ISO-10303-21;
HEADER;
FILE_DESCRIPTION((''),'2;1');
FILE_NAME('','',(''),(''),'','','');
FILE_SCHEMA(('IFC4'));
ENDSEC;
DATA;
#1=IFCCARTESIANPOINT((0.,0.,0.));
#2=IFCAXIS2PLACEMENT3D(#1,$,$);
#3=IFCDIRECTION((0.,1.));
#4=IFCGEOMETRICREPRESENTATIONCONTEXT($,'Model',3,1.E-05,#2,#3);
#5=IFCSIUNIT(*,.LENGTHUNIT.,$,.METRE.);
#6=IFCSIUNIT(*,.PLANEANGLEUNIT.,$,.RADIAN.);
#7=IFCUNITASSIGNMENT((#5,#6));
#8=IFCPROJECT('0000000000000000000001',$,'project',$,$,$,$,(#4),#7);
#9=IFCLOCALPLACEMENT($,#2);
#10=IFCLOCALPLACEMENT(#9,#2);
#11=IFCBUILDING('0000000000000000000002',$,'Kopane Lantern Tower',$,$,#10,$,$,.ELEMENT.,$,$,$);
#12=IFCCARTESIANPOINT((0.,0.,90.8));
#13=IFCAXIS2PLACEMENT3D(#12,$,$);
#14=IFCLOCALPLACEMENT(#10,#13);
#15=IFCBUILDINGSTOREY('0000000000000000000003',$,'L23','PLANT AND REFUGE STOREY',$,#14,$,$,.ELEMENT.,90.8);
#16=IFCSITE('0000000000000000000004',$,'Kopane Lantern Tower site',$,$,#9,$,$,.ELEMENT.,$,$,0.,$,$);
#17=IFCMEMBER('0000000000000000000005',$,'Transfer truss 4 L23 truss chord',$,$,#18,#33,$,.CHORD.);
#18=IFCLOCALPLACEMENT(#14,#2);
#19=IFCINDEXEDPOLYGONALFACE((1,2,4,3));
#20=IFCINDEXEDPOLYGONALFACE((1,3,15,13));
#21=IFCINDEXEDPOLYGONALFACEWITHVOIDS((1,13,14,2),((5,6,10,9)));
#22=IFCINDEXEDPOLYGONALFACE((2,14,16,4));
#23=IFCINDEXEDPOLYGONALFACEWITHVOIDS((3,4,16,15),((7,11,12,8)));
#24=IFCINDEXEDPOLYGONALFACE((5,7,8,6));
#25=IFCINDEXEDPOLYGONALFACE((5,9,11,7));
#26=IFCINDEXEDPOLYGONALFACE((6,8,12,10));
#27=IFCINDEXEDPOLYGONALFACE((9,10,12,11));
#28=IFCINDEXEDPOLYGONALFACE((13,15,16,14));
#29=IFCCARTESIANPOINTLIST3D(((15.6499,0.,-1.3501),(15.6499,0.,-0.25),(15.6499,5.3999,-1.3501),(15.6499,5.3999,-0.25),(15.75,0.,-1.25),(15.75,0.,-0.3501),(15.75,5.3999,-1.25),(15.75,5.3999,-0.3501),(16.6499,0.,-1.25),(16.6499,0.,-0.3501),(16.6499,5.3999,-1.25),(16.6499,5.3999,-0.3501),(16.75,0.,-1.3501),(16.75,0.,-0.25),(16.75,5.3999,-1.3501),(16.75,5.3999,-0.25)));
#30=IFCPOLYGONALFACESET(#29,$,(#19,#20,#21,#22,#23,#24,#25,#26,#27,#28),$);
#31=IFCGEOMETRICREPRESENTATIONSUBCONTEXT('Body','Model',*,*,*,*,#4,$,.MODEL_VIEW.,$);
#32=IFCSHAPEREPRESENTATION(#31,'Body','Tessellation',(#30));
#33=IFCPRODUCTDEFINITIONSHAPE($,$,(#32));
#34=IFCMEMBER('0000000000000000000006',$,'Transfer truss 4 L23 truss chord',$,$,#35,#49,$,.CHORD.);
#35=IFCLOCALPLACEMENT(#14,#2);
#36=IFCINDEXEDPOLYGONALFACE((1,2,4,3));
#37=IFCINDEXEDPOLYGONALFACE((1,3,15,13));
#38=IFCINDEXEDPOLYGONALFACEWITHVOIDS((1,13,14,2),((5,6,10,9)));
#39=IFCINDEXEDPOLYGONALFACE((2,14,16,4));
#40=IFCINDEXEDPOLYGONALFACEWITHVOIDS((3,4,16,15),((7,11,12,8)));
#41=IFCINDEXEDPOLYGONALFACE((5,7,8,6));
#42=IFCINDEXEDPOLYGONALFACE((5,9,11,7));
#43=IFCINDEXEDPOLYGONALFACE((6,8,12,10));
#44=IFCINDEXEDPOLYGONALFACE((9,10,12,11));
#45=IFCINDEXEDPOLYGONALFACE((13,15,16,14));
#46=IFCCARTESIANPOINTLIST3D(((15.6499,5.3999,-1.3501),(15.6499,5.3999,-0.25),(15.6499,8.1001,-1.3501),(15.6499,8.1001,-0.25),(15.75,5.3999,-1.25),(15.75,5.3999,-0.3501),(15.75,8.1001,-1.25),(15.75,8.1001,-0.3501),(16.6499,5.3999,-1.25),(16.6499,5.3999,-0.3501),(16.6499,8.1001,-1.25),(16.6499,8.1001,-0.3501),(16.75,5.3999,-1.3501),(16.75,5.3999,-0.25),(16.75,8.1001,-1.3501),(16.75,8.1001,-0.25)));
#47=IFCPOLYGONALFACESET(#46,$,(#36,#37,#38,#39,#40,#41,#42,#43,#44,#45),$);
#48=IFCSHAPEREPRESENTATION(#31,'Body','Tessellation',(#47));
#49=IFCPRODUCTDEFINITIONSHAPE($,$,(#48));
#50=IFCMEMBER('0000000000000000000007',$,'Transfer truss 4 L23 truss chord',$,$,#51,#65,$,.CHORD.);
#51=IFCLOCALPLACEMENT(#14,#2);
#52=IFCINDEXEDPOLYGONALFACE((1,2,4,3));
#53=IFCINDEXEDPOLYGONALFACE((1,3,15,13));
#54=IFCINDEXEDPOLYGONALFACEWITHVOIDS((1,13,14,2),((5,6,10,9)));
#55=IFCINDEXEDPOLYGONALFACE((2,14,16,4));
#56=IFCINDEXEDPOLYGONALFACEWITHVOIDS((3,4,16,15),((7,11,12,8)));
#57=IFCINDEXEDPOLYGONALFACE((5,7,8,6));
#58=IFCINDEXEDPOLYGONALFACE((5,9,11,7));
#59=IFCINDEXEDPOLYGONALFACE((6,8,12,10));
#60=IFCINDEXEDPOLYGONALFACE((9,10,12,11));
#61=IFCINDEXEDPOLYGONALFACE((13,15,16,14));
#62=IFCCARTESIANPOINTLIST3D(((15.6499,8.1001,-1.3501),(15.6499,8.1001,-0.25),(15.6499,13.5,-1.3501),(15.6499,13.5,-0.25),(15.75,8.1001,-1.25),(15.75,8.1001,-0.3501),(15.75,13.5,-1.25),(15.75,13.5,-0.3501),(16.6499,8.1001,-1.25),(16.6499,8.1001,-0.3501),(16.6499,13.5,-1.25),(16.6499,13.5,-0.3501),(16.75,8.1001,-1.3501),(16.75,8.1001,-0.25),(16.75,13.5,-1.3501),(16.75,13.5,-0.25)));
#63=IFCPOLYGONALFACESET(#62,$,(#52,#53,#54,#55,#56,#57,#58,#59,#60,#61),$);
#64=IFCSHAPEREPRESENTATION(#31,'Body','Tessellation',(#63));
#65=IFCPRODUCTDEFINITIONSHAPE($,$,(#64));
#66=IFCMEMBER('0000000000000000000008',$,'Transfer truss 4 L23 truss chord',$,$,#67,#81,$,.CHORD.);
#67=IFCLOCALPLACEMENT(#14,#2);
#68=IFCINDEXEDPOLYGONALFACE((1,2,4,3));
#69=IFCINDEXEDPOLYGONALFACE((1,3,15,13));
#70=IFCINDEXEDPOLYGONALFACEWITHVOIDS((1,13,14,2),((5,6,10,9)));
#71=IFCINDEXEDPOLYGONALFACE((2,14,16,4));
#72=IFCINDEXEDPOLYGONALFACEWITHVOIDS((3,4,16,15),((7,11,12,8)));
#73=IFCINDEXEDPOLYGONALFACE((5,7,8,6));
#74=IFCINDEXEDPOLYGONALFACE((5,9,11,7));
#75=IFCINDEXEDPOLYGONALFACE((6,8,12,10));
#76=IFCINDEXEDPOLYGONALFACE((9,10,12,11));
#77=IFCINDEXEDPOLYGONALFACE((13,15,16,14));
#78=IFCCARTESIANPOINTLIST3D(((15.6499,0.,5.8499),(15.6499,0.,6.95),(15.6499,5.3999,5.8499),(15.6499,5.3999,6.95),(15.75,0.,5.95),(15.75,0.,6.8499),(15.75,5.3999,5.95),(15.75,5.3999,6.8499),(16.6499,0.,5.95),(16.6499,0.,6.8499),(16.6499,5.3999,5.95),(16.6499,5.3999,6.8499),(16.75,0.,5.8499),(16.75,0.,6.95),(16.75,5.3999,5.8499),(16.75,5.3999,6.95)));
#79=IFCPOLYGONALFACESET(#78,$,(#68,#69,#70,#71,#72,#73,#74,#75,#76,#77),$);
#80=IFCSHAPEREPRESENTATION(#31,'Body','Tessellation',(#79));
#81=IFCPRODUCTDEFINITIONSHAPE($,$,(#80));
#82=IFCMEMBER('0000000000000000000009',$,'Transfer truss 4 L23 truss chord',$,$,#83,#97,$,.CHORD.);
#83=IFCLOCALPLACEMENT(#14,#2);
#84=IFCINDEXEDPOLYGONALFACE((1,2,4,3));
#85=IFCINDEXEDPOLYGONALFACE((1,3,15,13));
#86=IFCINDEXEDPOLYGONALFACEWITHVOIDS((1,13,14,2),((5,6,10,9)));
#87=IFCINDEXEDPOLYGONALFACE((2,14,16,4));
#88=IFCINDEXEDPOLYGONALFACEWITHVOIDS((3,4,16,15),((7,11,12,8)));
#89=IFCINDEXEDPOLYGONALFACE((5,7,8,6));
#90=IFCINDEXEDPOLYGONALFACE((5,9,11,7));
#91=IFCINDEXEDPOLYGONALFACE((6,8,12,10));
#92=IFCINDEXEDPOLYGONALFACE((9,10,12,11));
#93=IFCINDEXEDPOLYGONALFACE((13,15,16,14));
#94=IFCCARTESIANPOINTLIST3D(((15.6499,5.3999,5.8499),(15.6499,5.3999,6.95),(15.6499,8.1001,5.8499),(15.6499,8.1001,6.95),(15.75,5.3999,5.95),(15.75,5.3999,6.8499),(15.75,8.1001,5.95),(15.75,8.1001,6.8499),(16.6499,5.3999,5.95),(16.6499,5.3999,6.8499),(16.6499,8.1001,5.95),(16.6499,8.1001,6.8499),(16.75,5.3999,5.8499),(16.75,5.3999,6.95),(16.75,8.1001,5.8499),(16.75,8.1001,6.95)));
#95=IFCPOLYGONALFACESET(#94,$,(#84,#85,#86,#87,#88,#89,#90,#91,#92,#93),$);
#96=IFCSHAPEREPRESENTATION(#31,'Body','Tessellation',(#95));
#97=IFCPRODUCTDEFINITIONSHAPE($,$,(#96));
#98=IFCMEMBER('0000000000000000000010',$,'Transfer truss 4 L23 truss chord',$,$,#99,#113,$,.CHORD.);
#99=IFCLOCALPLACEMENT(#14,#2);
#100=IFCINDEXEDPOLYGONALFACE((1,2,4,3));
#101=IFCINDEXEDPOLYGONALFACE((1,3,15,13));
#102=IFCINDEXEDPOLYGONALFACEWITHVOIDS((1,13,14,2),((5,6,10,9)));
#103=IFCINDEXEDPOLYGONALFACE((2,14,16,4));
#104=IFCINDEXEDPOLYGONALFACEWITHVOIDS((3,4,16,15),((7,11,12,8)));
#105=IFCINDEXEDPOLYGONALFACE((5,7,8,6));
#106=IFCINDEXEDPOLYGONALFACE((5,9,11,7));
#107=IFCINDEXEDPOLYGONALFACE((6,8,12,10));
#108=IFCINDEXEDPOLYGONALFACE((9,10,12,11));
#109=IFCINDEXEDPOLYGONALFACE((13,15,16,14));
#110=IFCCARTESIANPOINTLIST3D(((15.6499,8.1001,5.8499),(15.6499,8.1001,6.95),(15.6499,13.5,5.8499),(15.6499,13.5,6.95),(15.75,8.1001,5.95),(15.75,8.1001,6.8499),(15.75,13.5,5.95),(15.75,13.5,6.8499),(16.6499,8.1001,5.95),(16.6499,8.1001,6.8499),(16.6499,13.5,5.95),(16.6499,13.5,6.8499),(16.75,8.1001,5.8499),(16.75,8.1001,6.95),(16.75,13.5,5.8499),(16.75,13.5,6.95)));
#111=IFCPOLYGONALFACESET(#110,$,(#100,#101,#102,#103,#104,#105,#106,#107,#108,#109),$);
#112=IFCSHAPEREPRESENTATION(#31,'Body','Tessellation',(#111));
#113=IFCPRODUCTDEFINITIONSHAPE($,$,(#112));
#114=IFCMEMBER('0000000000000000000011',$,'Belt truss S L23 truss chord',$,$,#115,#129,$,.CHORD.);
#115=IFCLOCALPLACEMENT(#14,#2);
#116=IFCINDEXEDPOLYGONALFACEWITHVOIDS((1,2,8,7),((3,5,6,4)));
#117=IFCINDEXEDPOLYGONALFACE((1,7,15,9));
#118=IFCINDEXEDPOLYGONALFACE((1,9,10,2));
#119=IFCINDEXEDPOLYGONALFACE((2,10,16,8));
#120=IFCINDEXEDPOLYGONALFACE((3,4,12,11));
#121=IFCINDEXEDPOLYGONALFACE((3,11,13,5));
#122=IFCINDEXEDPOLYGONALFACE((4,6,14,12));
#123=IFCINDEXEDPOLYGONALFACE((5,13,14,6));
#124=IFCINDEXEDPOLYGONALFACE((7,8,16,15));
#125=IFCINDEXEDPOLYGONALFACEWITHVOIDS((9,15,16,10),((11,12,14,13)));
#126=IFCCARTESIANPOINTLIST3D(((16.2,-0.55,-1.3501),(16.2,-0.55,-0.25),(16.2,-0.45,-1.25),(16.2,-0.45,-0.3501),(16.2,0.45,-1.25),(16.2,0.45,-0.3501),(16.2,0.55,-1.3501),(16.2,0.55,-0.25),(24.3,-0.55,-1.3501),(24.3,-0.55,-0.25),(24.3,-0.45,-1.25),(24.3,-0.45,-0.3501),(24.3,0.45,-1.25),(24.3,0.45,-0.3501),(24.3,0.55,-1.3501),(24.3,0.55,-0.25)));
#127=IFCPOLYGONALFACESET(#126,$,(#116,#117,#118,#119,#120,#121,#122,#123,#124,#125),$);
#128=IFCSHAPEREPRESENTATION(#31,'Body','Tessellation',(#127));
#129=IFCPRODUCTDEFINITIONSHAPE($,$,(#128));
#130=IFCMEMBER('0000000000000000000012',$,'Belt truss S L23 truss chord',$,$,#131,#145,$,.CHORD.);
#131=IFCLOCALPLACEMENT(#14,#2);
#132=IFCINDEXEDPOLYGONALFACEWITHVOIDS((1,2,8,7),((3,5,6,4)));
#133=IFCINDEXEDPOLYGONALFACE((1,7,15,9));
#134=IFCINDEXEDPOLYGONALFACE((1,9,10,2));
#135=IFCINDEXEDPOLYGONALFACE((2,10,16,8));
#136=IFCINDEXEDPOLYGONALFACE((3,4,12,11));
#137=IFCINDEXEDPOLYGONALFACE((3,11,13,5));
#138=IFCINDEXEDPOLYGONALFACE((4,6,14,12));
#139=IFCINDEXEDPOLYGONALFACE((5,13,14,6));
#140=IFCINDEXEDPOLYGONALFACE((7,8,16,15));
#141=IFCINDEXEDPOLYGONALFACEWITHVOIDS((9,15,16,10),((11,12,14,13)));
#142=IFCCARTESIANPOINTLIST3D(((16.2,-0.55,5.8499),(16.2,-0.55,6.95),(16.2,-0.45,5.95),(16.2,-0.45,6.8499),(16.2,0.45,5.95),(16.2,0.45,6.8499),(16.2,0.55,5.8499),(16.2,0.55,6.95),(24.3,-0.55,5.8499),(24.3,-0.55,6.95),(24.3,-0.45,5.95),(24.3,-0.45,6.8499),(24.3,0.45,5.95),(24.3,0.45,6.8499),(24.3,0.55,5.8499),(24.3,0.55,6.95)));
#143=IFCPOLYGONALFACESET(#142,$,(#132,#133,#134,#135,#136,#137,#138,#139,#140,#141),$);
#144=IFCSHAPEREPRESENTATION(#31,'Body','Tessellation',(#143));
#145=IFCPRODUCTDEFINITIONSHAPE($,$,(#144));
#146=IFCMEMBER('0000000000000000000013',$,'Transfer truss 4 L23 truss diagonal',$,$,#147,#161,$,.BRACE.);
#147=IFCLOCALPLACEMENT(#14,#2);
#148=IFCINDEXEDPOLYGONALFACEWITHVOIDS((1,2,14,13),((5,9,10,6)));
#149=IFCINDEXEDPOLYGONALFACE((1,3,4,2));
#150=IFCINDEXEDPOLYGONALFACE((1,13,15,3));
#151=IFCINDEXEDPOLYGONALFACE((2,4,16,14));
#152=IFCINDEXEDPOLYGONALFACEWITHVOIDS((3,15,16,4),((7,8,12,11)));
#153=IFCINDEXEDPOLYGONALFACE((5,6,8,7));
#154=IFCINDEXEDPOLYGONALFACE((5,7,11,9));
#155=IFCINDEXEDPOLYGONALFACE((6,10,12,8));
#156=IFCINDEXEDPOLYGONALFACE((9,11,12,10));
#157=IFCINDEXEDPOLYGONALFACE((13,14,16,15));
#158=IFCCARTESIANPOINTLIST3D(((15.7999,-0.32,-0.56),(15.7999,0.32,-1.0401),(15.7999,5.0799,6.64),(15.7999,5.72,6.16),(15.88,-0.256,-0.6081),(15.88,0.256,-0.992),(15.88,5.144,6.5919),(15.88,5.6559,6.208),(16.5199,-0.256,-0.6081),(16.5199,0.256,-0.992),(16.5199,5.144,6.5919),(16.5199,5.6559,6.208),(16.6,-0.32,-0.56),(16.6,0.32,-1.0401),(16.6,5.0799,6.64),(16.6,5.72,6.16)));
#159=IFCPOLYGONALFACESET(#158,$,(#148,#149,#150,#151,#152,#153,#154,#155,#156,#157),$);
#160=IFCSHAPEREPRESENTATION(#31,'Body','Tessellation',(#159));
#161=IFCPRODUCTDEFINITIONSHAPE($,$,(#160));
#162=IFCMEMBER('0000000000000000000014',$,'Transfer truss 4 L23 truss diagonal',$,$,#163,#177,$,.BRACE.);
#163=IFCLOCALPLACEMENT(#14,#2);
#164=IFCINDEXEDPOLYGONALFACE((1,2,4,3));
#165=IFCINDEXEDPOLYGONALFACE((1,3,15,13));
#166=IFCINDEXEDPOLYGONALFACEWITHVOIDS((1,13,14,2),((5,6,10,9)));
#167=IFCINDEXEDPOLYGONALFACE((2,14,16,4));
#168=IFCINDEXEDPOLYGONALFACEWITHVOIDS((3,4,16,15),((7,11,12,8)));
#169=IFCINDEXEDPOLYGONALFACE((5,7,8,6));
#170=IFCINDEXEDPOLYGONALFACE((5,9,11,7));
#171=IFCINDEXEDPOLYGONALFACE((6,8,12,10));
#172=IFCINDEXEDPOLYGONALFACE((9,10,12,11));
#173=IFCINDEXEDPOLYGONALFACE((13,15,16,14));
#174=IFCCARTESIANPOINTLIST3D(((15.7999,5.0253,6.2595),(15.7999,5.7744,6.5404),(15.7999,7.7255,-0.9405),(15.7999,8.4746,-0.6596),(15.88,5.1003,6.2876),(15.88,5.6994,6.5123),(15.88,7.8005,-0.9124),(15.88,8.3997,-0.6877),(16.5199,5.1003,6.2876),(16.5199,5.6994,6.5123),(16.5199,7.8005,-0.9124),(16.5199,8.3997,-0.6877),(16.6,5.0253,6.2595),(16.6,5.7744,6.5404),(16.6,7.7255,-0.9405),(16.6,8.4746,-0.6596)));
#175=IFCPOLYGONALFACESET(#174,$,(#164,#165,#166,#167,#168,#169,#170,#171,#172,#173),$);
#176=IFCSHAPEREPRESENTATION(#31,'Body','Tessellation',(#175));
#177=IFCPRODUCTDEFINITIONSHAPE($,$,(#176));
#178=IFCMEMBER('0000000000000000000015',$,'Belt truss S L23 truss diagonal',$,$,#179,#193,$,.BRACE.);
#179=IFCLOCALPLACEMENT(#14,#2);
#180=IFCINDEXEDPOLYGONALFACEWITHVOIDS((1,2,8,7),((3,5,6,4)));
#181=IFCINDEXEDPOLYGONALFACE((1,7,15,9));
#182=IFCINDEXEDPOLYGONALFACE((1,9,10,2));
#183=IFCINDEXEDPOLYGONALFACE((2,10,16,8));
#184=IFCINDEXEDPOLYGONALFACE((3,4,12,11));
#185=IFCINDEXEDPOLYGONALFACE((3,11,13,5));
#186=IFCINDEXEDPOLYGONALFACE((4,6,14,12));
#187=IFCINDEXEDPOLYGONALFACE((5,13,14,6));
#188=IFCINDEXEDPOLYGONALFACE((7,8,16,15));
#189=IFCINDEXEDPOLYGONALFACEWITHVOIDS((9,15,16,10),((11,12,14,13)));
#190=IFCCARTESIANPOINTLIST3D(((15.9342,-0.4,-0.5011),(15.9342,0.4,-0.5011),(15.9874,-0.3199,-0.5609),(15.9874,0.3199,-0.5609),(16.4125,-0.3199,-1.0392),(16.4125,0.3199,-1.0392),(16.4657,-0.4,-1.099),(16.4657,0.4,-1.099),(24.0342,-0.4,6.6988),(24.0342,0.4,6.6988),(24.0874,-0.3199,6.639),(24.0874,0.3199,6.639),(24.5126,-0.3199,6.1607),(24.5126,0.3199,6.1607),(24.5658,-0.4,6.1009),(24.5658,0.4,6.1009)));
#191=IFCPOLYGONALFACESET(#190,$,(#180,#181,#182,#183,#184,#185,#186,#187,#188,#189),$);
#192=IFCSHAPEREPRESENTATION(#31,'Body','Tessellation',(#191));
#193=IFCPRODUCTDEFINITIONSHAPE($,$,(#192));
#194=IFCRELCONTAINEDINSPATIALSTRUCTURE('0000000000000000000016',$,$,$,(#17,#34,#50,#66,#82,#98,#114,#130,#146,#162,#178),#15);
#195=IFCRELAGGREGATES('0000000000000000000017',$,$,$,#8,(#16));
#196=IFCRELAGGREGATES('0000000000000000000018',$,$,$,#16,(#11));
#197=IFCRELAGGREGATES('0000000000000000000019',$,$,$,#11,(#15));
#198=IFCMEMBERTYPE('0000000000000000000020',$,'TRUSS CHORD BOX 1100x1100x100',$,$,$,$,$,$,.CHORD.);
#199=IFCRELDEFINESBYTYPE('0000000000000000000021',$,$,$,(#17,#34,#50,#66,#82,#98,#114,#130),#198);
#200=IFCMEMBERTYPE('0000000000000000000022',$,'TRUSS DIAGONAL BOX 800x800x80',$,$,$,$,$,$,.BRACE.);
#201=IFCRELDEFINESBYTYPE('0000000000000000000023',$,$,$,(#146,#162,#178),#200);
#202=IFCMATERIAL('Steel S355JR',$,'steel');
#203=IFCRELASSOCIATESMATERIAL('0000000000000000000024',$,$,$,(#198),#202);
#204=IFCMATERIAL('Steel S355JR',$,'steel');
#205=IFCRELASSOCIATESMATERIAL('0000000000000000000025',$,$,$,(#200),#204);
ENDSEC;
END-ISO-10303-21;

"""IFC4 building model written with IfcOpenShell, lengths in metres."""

from ifc_helpers import new_model, si_unit, direction, frame, origin, origin_2d, place, context, subcontext, project, spatial, hollow_rectangle, extrude, material, material_profile, profile_set, type_object, element, save


model = new_model("IFC4")

# Units and contexts
model_context = context("Model", 3, precision=1e-05, world=origin(), true_north=direction((0.0, 1.0)))
body_context = subcontext(model_context, "Body", "Model", "MODEL_VIEW")
ifc_project = project(units=[si_unit("LENGTHUNIT", "METRE"), si_unit("PLANEANGLEUNIT", "RADIAN")], contexts=[model_context])

# Site, building, storey
site_placement = place(None, origin())
site = spatial("IfcSite", under=ifc_project, at=site_placement, Name="Kopane Lantern Tower site", CompositionType="ELEMENT", RefElevation=0.0)
building_placement = place(site_placement, origin())
building = spatial("IfcBuilding", under=site, at=building_placement, Name="Kopane Lantern Tower", CompositionType="ELEMENT")
storey_placement = place(building_placement, frame((0.0, 0.0, 90.8)))
storey = spatial("IfcBuildingStorey", under=building, at=storey_placement, Name="L23", Description="PLANT AND REFUGE STOREY", CompositionType="ELEMENT", Elevation=90.8)

# Members
ifc_material_1 = material(Name="Steel S355JR", Category="steel")
ifc_material_profile_1 = material_profile(ifc_material_1, hollow_rectangle(XDim=1.1001, YDim=1.1001, WallThickness=0.1001, at=origin_2d()), Name="BOX 1100x1100x100")
ifc_profile_set_1 = profile_set([ifc_material_profile_1], Name="Steel S355JR")
member_type_1 = type_object("IfcMemberType", Name="TRUSS CHORD BOX 1100x1100x100", PredefinedType="CHORD", material=ifc_profile_set_1)
member_1_placement = place(storey_placement, frame((16.2, 0.0, -0.8), z_axis=(0.0, 1.0, 0.0), x_axis=(-1.0, 0.0, 0.0)))
element("IfcMember", 1, at=member_1_placement, inside=storey, type_object=member_type_1, Name="Transfer truss 4 L23 truss chord", PredefinedType="CHORD", context=body_context, shape_type="SweptSolid", body=[
    extrude(hollow_rectangle(XDim=1.1001, YDim=1.1001, WallThickness=0.1001, at=origin_2d()), origin(), (0.0, 0.0, 1.0), 5.3999),
])
member_2_placement = place(storey_placement, frame((16.2, 5.3999, -0.8), z_axis=(0.0, 1.0, 0.0), x_axis=(-1.0, 0.0, 0.0)))
element("IfcMember", 2, at=member_2_placement, inside=storey, type_object=member_type_1, Name="Transfer truss 4 L23 truss chord", PredefinedType="CHORD", context=body_context, shape_type="SweptSolid", body=[
    extrude(hollow_rectangle(XDim=1.1001, YDim=1.1001, WallThickness=0.1001, at=origin_2d()), origin(), (0.0, 0.0, 1.0), 2.7002),
])
for number, where, z_axis, x_axis, name in (
    (3, (16.2, 8.1001, -0.8), (0.0, 1.0, 0.0), (-1.0, 0.0, 0.0), "Transfer truss 4 L23 truss chord"),
    (4, (16.2, 0.0, 6.3999), (0.0, 1.0, 0.0), (-1.0, 0.0, 0.0), "Transfer truss 4 L23 truss chord"),
):
    element("IfcMember", number, at=place(storey_placement, frame(where, z_axis=z_axis, x_axis=x_axis)), inside=storey, type_object=member_type_1, Name=name, PredefinedType="CHORD", context=body_context, shape_type="SweptSolid", body=[
        extrude(hollow_rectangle(XDim=1.1001, YDim=1.1001, WallThickness=0.1001, at=origin_2d()), origin(), (0.0, 0.0, 1.0), 5.3999),
    ])
member_3_placement = place(storey_placement, frame((16.2, 5.3999, 6.3999), z_axis=(0.0, 1.0, 0.0), x_axis=(-1.0, 0.0, 0.0)))
element("IfcMember", 5, at=member_3_placement, inside=storey, type_object=member_type_1, Name="Transfer truss 4 L23 truss chord", PredefinedType="CHORD", context=body_context, shape_type="SweptSolid", body=[
    extrude(hollow_rectangle(XDim=1.1001, YDim=1.1001, WallThickness=0.1001, at=origin_2d()), origin(), (0.0, 0.0, 1.0), 2.7002),
])
member_4_placement = place(storey_placement, frame((16.2, 8.1001, 6.3999), z_axis=(0.0, 1.0, 0.0), x_axis=(-1.0, 0.0, 0.0)))
element("IfcMember", 6, at=member_4_placement, inside=storey, type_object=member_type_1, Name="Transfer truss 4 L23 truss chord", PredefinedType="CHORD", context=body_context, shape_type="SweptSolid", body=[
    extrude(hollow_rectangle(XDim=1.1001, YDim=1.1001, WallThickness=0.1001, at=origin_2d()), origin(), (0.0, 0.0, 1.0), 5.3999),
])
for number, where, z_axis, x_axis, name in (
    (7, (16.2, 0.0, -0.8), (1.0, 0.0, 0.0), (0.0, 1.0, 0.0), "Belt truss S L23 truss chord"),
    (8, (16.2, 0.0, 6.3999), (1.0, 0.0, 0.0), (0.0, 1.0, 0.0), "Belt truss S L23 truss chord"),
):
    element("IfcMember", number, at=place(storey_placement, frame(where, z_axis=z_axis, x_axis=x_axis)), inside=storey, type_object=member_type_1, Name=name, PredefinedType="CHORD", context=body_context, shape_type="SweptSolid", body=[
        extrude(hollow_rectangle(XDim=1.1001, YDim=1.1001, WallThickness=0.1001, at=origin_2d()), origin(), (0.0, 0.0, 1.0), 8.1001),
    ])
ifc_material_2 = material(Name="Steel S355JR", Category="steel")
ifc_material_profile_2 = material_profile(ifc_material_2, hollow_rectangle(XDim=0.8, YDim=0.8, WallThickness=0.0801, at=origin_2d()), Name="BOX 800x800x80")
ifc_profile_set_2 = profile_set([ifc_material_profile_2], Name="Steel S355JR")
member_type_2 = type_object("IfcMemberType", Name="TRUSS DIAGONAL BOX 800x800x80", PredefinedType="BRACE", material=ifc_profile_set_2)
member_5_placement = place(storey_placement, frame((16.2, 0.0, -0.8), z_axis=(0.0, 0.599996, 0.800003), x_axis=(-1.0, 0.0, 0.0)))
element("IfcMember", 9, at=member_5_placement, inside=storey, type_object=member_type_2, Name="Transfer truss 4 L23 truss diagonal", PredefinedType="BRACE", context=body_context, shape_type="SweptSolid", body=[
    extrude(hollow_rectangle(XDim=0.8, YDim=0.8, WallThickness=0.0801, at=origin_2d()), origin(), (0.0, 0.0, 1.0), 9.0),
])
member_6_placement = place(storey_placement, frame((16.2, 8.1001, -0.8), z_axis=(0.0, -0.351148, 0.93632), x_axis=(1.0, 0.0, 0.0)))
element("IfcMember", 10, at=member_6_placement, inside=storey, type_object=member_type_2, Name="Transfer truss 4 L23 truss diagonal", PredefinedType="BRACE", context=body_context, shape_type="SweptSolid", body=[
    extrude(hollow_rectangle(XDim=0.8, YDim=0.8, WallThickness=0.0801, at=origin_2d()), origin(), (0.0, 0.0, 1.0), 7.6897),
])
member_7_placement = place(storey_placement, frame((16.2, 0.0, -0.8), z_axis=(0.747416, 0.0, 0.664357), x_axis=(0.0, 1.0, 0.0)))
element("IfcMember", 11, at=member_7_placement, inside=storey, type_object=member_type_2, Name="Belt truss S L23 truss diagonal", PredefinedType="BRACE", context=body_context, shape_type="SweptSolid", body=[
    extrude(hollow_rectangle(XDim=0.8, YDim=0.8, WallThickness=0.0801, at=origin_2d()), origin(), (0.0, 0.0, 1.0), 10.8374),
])

save(model, "model.ifc")
